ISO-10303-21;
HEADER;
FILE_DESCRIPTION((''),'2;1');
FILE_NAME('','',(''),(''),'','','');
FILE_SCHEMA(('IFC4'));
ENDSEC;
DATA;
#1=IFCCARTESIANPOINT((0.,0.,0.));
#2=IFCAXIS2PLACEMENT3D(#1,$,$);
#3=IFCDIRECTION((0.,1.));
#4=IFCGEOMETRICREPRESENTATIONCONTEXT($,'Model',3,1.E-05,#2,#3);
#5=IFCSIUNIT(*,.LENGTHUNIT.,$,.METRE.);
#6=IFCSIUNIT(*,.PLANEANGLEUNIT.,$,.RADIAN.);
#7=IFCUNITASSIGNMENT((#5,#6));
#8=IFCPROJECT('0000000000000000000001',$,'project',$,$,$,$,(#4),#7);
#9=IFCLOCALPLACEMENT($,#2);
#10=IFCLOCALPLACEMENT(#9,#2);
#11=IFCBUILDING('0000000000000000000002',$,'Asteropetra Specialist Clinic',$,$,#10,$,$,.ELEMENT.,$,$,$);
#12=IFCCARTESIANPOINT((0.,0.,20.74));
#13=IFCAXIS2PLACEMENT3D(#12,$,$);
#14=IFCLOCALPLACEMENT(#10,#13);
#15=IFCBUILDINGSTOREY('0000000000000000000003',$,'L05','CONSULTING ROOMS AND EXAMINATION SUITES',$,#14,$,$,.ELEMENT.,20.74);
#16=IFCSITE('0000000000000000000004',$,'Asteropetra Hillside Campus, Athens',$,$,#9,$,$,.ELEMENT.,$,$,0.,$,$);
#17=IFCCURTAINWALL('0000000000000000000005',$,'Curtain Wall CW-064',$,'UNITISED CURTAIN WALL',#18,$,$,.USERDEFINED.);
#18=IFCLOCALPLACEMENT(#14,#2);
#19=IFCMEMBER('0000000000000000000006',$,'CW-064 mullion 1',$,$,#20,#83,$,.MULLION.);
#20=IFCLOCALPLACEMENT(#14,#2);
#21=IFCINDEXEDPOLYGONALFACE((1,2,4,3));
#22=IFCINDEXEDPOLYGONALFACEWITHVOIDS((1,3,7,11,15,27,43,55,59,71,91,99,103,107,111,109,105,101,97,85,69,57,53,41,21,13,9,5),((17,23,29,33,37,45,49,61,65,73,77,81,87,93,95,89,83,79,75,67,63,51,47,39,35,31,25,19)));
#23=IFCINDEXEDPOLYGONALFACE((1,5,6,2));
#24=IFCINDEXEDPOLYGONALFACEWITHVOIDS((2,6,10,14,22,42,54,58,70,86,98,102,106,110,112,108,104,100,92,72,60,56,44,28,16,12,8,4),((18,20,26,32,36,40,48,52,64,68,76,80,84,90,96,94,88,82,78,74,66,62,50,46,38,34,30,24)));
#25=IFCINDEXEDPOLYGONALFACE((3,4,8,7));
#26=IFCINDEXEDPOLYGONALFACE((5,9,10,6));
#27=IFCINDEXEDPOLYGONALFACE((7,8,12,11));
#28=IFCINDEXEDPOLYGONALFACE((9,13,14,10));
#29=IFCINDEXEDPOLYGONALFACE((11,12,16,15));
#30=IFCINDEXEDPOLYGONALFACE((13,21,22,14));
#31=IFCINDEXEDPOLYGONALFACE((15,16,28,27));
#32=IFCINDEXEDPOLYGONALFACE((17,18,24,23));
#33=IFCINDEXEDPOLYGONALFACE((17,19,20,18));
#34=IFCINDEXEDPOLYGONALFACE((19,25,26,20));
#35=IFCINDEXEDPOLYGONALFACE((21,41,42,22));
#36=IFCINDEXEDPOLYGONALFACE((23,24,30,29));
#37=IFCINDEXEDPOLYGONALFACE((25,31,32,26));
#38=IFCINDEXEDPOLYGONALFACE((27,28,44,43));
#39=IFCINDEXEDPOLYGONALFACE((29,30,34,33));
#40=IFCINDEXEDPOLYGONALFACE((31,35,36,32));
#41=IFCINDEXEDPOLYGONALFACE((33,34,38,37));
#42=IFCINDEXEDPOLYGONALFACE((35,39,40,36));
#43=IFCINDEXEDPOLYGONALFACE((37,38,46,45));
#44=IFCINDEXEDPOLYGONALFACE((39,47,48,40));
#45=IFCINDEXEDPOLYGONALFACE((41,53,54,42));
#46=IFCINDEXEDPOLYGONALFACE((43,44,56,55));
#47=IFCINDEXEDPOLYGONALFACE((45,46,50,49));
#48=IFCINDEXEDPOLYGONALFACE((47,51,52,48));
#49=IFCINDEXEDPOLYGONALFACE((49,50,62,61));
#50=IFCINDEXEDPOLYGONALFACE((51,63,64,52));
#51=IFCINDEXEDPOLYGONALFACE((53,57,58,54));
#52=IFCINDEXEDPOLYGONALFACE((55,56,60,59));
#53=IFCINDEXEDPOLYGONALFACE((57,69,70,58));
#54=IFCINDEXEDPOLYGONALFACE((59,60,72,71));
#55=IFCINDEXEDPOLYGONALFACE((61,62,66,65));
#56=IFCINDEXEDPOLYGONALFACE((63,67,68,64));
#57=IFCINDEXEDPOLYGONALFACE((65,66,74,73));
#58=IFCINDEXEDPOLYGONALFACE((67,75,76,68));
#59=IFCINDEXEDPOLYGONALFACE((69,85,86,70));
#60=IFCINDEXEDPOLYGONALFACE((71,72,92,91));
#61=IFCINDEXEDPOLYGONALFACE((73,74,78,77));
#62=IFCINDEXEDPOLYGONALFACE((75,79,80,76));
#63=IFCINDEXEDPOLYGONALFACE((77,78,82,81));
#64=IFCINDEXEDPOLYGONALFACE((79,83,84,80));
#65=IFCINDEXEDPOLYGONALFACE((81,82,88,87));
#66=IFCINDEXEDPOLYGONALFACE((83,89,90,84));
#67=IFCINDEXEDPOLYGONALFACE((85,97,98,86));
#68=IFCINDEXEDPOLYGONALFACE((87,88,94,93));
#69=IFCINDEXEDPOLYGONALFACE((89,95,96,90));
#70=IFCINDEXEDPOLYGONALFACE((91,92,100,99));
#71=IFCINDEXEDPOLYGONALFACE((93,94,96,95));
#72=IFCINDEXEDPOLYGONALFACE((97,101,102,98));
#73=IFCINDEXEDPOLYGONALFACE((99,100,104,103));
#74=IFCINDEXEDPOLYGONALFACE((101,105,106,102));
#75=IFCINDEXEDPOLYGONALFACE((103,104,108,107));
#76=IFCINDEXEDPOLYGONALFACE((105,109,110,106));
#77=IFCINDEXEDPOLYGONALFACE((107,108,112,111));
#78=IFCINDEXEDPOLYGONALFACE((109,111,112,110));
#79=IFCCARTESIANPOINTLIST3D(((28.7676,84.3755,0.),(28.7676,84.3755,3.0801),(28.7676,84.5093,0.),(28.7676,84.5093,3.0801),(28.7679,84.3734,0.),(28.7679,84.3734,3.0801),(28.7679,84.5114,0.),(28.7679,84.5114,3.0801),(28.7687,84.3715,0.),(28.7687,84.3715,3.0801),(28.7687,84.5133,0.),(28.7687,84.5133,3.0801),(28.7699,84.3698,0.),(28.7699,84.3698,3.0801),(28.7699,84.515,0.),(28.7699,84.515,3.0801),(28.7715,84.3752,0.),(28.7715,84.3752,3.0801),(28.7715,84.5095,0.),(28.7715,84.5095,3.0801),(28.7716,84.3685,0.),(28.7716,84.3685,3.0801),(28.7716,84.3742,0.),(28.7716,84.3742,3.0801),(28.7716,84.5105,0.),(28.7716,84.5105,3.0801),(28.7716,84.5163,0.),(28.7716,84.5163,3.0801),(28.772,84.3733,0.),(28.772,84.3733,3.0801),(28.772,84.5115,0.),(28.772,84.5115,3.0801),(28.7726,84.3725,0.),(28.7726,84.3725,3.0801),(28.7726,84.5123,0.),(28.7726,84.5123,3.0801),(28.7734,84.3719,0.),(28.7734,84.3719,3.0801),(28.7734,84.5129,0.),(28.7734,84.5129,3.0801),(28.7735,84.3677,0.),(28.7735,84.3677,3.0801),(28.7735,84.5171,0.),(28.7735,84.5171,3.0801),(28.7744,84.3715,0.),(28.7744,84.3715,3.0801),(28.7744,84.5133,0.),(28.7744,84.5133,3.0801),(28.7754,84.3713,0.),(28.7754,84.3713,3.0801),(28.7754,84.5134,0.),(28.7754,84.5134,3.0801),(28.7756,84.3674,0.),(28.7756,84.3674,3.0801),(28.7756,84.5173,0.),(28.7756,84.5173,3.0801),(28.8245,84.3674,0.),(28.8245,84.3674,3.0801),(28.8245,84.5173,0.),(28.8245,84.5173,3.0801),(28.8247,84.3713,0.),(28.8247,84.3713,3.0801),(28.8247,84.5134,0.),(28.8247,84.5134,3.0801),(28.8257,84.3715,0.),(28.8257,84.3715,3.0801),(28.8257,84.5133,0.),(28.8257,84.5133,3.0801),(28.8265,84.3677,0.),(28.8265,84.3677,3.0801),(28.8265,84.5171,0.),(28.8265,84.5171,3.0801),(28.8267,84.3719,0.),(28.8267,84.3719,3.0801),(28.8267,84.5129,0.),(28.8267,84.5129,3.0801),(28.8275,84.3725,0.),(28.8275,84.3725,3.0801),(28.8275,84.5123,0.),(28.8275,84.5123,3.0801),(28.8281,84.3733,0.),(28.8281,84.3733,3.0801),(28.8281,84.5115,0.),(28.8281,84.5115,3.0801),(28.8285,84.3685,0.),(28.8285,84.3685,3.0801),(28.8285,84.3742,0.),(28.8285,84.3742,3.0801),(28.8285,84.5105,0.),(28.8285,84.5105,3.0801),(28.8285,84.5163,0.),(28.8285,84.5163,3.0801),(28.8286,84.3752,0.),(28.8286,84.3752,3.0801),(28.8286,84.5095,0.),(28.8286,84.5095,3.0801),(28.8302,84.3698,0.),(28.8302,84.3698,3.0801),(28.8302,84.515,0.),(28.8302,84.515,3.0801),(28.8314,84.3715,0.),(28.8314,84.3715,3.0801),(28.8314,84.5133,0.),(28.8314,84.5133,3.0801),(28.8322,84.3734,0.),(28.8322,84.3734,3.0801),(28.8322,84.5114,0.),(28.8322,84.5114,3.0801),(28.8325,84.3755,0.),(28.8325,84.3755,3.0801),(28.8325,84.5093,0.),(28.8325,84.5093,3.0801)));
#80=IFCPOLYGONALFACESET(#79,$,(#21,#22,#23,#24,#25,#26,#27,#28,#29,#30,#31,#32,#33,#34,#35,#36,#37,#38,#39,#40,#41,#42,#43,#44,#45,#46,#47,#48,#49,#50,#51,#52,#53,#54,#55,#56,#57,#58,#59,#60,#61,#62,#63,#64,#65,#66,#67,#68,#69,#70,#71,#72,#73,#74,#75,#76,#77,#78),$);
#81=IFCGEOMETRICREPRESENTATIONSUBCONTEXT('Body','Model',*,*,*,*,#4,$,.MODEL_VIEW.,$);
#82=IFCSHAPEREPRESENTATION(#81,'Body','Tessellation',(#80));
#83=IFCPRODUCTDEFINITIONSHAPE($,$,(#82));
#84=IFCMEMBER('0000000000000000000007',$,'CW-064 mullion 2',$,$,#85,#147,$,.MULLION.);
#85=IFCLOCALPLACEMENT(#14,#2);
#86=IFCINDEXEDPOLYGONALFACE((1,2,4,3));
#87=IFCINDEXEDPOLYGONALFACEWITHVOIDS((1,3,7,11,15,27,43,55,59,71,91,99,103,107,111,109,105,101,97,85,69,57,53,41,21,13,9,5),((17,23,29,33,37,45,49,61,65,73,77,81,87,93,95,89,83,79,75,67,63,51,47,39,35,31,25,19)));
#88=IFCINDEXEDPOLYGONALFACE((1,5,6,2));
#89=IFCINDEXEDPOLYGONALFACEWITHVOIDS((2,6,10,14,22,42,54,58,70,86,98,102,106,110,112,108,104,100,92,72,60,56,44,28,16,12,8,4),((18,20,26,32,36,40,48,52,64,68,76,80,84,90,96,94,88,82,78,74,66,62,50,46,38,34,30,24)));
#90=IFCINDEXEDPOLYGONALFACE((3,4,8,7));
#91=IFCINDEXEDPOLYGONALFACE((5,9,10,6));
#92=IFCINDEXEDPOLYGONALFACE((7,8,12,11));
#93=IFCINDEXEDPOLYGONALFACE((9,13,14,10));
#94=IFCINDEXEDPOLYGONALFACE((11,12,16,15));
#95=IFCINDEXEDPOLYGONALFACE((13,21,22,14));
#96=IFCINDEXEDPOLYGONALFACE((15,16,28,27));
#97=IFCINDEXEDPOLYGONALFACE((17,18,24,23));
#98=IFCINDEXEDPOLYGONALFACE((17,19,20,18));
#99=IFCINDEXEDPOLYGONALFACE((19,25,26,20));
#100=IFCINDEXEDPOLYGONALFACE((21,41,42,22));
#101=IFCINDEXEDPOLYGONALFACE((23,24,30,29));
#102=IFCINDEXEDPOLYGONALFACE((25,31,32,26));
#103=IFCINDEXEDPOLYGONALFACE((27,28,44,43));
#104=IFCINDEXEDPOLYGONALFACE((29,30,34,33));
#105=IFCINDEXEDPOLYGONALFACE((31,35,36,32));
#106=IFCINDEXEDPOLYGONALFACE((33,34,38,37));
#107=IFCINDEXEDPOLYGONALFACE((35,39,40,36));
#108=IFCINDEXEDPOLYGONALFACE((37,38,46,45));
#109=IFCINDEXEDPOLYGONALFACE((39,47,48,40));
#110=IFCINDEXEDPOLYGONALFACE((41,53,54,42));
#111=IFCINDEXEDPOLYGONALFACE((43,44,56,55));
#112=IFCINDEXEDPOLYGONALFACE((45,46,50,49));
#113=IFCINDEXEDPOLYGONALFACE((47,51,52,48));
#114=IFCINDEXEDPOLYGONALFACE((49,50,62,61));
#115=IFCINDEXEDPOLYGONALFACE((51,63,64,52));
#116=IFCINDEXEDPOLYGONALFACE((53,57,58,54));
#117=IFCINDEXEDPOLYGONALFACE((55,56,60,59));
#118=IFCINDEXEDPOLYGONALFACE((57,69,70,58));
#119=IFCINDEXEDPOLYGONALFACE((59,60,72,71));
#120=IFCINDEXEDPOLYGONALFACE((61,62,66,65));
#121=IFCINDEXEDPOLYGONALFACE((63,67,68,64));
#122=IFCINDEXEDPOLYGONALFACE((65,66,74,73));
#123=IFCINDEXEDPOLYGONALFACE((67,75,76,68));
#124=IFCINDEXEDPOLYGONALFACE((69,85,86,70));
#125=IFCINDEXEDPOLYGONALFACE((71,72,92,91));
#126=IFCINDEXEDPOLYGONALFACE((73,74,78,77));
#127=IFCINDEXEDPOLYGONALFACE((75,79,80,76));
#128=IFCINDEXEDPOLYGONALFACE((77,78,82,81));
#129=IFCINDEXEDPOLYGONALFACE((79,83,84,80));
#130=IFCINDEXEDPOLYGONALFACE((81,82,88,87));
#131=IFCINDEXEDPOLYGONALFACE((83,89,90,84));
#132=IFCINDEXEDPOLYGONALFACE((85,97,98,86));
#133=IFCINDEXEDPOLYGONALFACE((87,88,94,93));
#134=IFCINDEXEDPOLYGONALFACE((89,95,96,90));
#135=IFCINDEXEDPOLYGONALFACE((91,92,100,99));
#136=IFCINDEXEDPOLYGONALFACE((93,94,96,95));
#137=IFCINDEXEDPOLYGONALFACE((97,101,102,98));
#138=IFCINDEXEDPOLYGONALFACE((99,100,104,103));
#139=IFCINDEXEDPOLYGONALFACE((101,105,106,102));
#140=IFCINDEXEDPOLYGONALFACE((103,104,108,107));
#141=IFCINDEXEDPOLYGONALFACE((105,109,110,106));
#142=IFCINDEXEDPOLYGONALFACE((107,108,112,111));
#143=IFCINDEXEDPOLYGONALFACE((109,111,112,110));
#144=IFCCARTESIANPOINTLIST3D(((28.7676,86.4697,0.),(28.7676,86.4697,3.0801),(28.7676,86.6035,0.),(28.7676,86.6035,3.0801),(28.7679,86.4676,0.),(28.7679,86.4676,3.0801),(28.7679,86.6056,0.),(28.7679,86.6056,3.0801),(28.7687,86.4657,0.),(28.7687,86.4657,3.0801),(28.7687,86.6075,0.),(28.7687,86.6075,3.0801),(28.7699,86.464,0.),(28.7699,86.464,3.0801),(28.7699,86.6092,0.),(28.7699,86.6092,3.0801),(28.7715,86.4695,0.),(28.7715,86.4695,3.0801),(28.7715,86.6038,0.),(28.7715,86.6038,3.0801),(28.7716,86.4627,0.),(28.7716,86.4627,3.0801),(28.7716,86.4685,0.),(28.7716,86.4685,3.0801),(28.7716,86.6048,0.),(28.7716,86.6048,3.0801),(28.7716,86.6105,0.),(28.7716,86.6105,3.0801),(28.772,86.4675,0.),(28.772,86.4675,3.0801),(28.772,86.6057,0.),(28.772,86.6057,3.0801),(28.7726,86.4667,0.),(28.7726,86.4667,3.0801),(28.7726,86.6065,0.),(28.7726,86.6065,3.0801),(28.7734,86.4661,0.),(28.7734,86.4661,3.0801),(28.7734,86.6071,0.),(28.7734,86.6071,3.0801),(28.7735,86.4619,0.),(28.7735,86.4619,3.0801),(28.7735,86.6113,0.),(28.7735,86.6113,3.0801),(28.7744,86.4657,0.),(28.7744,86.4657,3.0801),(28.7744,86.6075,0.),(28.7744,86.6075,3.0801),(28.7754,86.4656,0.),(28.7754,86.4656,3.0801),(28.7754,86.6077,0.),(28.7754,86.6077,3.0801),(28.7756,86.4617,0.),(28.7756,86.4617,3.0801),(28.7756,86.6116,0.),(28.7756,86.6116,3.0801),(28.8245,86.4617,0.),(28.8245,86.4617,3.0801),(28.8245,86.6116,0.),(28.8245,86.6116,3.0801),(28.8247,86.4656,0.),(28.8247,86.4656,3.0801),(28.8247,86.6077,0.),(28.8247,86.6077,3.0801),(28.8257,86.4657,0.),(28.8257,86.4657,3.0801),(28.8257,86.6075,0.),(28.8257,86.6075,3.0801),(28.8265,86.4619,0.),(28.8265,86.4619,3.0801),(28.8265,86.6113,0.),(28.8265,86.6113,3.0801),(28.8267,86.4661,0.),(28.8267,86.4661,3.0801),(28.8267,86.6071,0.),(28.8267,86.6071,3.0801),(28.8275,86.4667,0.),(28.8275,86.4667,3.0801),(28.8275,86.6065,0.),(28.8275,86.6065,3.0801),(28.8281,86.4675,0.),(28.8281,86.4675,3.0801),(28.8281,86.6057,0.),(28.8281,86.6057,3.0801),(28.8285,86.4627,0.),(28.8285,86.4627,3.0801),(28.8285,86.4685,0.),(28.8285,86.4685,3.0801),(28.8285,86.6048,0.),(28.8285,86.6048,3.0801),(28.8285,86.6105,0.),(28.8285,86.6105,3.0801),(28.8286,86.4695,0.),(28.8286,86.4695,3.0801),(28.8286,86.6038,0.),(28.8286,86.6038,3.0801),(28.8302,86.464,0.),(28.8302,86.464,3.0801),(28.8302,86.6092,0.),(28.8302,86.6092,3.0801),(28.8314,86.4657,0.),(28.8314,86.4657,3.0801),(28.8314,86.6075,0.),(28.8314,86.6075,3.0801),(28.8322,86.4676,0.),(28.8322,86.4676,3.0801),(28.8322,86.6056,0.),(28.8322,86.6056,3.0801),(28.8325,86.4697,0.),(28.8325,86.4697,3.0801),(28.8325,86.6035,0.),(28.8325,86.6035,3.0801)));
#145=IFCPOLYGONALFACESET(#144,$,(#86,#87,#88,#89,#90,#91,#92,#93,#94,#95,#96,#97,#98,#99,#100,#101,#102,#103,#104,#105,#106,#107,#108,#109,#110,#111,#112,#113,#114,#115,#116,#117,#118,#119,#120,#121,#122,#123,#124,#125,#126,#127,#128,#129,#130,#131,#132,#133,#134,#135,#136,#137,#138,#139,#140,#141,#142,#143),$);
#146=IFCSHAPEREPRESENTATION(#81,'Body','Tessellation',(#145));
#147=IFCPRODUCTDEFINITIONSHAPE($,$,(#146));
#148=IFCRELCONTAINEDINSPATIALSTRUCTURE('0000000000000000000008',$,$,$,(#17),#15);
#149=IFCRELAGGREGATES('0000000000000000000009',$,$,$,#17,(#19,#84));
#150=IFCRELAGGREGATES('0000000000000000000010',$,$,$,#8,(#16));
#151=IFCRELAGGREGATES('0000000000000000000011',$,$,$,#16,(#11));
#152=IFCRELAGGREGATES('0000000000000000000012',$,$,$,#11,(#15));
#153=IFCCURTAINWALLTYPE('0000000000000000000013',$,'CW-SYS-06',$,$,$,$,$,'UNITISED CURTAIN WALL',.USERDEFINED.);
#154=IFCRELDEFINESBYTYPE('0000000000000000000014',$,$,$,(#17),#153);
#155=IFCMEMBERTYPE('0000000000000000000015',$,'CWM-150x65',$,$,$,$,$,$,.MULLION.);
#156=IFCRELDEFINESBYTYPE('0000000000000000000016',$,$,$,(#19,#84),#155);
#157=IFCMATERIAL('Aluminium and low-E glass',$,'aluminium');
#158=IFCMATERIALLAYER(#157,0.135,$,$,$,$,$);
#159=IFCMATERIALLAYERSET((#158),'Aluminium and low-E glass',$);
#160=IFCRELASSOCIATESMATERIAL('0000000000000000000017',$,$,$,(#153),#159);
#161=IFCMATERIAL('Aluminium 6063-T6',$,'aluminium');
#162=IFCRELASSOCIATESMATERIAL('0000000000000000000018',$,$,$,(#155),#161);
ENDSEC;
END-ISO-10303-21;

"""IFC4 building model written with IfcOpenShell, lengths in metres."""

from ifc_helpers import new_model, si_unit, direction, frame, origin, origin_2d, place, context, subcontext, project, spatial, hollow_rectangle, extrude, material, layer, layer_set, material_profile, profile_set, type_object, element, aggregate, save


model = new_model("IFC4")

# Units and contexts
model_context = context("Model", 3, precision=1e-05, world=origin(), true_north=direction((0.0, 1.0)))
body_context = subcontext(model_context, "Body", "Model", "MODEL_VIEW")
ifc_project = project(units=[si_unit("LENGTHUNIT", "METRE"), si_unit("PLANEANGLEUNIT", "RADIAN")], contexts=[model_context])

# Site, building, storey
site_placement = place(None, origin())
site = spatial("IfcSite", under=ifc_project, at=site_placement, Name="Asteropetra Hillside Campus, Athens", CompositionType="ELEMENT", RefElevation=0.0)
building_placement = place(site_placement, origin())
building = spatial("IfcBuilding", under=site, at=building_placement, Name="Asteropetra Specialist Clinic", CompositionType="ELEMENT")
storey_placement = place(building_placement, frame((0.0, 0.0, 20.74)))
storey = spatial("IfcBuildingStorey", under=building, at=storey_placement, Name="L05", Description="CONSULTING ROOMS AND EXAMINATION SUITES", CompositionType="ELEMENT", Elevation=20.74)

# Curtain wall, members
ifc_material_1 = material(Name="Aluminium and low-E glass", Category="aluminium")
ifc_layer_1 = layer(ifc_material_1, 0.135)
ifc_layer_set_1 = layer_set([ifc_layer_1], Name="Aluminium and low-E glass")
curtain_wall_type = type_object("IfcCurtainWallType", Name="CW-SYS-06", ElementType="UNITISED CURTAIN WALL", PredefinedType="USERDEFINED", material=ifc_layer_set_1)
curtain_wall_placement = place(storey_placement, origin())
curtain_wall = element("IfcCurtainWall", 1, at=curtain_wall_placement, inside=storey, type_object=curtain_wall_type, Name="Curtain Wall CW-064", ObjectType="UNITISED CURTAIN WALL", PredefinedType="USERDEFINED")
ifc_material_2 = material(Name="Aluminium 6063-T6", Category="aluminium")
ifc_material_profile_1 = material_profile(ifc_material_2, hollow_rectangle(XDim=0.0649, YDim=0.1499, WallThickness=0.0039, InnerFilletRadius=0.0039, OuterFilletRadius=0.0081, at=origin_2d()), Name="MUL 150x65x4.0")
ifc_profile_set_1 = profile_set([ifc_material_profile_1], Name="Aluminium 6063-T6")
member_type_1 = type_object("IfcMemberType", Name="CWM-150x65", PredefinedType="MULLION", material=ifc_profile_set_1)
member_1_placement = place(storey_placement, frame((28.8, 84.4424, 0.0), z_axis=(0.0, 0.0, 1.0), x_axis=(-1.0, 0.0, 0.0)))
member_1 = element("IfcMember", 2, at=member_1_placement, type_object=member_type_1, Name="CW-064 mullion 1", PredefinedType="MULLION", context=body_context, shape_type="SweptSolid", body=[
    extrude(hollow_rectangle(XDim=0.0649, YDim=0.1499, WallThickness=0.0039, InnerFilletRadius=0.0039, OuterFilletRadius=0.0081, at=origin_2d()), origin(), (0.0, 0.0, 1.0), 3.0801),
])
member_2_placement = place(storey_placement, frame((28.8, 86.5366, 0.0), z_axis=(0.0, 0.0, 1.0), x_axis=(-1.0, 0.0, 0.0)))
member_2 = element("IfcMember", 3, at=member_2_placement, type_object=member_type_1, Name="CW-064 mullion 2", PredefinedType="MULLION", context=body_context, shape_type="SweptSolid", body=[
    extrude(hollow_rectangle(XDim=0.0649, YDim=0.1499, WallThickness=0.0039, InnerFilletRadius=0.0039, OuterFilletRadius=0.0081, at=origin_2d()), origin(), (0.0, 0.0, 1.0), 3.0801),
])
aggregate(curtain_wall, [member_1, member_2])

save(model, "model.ifc")
